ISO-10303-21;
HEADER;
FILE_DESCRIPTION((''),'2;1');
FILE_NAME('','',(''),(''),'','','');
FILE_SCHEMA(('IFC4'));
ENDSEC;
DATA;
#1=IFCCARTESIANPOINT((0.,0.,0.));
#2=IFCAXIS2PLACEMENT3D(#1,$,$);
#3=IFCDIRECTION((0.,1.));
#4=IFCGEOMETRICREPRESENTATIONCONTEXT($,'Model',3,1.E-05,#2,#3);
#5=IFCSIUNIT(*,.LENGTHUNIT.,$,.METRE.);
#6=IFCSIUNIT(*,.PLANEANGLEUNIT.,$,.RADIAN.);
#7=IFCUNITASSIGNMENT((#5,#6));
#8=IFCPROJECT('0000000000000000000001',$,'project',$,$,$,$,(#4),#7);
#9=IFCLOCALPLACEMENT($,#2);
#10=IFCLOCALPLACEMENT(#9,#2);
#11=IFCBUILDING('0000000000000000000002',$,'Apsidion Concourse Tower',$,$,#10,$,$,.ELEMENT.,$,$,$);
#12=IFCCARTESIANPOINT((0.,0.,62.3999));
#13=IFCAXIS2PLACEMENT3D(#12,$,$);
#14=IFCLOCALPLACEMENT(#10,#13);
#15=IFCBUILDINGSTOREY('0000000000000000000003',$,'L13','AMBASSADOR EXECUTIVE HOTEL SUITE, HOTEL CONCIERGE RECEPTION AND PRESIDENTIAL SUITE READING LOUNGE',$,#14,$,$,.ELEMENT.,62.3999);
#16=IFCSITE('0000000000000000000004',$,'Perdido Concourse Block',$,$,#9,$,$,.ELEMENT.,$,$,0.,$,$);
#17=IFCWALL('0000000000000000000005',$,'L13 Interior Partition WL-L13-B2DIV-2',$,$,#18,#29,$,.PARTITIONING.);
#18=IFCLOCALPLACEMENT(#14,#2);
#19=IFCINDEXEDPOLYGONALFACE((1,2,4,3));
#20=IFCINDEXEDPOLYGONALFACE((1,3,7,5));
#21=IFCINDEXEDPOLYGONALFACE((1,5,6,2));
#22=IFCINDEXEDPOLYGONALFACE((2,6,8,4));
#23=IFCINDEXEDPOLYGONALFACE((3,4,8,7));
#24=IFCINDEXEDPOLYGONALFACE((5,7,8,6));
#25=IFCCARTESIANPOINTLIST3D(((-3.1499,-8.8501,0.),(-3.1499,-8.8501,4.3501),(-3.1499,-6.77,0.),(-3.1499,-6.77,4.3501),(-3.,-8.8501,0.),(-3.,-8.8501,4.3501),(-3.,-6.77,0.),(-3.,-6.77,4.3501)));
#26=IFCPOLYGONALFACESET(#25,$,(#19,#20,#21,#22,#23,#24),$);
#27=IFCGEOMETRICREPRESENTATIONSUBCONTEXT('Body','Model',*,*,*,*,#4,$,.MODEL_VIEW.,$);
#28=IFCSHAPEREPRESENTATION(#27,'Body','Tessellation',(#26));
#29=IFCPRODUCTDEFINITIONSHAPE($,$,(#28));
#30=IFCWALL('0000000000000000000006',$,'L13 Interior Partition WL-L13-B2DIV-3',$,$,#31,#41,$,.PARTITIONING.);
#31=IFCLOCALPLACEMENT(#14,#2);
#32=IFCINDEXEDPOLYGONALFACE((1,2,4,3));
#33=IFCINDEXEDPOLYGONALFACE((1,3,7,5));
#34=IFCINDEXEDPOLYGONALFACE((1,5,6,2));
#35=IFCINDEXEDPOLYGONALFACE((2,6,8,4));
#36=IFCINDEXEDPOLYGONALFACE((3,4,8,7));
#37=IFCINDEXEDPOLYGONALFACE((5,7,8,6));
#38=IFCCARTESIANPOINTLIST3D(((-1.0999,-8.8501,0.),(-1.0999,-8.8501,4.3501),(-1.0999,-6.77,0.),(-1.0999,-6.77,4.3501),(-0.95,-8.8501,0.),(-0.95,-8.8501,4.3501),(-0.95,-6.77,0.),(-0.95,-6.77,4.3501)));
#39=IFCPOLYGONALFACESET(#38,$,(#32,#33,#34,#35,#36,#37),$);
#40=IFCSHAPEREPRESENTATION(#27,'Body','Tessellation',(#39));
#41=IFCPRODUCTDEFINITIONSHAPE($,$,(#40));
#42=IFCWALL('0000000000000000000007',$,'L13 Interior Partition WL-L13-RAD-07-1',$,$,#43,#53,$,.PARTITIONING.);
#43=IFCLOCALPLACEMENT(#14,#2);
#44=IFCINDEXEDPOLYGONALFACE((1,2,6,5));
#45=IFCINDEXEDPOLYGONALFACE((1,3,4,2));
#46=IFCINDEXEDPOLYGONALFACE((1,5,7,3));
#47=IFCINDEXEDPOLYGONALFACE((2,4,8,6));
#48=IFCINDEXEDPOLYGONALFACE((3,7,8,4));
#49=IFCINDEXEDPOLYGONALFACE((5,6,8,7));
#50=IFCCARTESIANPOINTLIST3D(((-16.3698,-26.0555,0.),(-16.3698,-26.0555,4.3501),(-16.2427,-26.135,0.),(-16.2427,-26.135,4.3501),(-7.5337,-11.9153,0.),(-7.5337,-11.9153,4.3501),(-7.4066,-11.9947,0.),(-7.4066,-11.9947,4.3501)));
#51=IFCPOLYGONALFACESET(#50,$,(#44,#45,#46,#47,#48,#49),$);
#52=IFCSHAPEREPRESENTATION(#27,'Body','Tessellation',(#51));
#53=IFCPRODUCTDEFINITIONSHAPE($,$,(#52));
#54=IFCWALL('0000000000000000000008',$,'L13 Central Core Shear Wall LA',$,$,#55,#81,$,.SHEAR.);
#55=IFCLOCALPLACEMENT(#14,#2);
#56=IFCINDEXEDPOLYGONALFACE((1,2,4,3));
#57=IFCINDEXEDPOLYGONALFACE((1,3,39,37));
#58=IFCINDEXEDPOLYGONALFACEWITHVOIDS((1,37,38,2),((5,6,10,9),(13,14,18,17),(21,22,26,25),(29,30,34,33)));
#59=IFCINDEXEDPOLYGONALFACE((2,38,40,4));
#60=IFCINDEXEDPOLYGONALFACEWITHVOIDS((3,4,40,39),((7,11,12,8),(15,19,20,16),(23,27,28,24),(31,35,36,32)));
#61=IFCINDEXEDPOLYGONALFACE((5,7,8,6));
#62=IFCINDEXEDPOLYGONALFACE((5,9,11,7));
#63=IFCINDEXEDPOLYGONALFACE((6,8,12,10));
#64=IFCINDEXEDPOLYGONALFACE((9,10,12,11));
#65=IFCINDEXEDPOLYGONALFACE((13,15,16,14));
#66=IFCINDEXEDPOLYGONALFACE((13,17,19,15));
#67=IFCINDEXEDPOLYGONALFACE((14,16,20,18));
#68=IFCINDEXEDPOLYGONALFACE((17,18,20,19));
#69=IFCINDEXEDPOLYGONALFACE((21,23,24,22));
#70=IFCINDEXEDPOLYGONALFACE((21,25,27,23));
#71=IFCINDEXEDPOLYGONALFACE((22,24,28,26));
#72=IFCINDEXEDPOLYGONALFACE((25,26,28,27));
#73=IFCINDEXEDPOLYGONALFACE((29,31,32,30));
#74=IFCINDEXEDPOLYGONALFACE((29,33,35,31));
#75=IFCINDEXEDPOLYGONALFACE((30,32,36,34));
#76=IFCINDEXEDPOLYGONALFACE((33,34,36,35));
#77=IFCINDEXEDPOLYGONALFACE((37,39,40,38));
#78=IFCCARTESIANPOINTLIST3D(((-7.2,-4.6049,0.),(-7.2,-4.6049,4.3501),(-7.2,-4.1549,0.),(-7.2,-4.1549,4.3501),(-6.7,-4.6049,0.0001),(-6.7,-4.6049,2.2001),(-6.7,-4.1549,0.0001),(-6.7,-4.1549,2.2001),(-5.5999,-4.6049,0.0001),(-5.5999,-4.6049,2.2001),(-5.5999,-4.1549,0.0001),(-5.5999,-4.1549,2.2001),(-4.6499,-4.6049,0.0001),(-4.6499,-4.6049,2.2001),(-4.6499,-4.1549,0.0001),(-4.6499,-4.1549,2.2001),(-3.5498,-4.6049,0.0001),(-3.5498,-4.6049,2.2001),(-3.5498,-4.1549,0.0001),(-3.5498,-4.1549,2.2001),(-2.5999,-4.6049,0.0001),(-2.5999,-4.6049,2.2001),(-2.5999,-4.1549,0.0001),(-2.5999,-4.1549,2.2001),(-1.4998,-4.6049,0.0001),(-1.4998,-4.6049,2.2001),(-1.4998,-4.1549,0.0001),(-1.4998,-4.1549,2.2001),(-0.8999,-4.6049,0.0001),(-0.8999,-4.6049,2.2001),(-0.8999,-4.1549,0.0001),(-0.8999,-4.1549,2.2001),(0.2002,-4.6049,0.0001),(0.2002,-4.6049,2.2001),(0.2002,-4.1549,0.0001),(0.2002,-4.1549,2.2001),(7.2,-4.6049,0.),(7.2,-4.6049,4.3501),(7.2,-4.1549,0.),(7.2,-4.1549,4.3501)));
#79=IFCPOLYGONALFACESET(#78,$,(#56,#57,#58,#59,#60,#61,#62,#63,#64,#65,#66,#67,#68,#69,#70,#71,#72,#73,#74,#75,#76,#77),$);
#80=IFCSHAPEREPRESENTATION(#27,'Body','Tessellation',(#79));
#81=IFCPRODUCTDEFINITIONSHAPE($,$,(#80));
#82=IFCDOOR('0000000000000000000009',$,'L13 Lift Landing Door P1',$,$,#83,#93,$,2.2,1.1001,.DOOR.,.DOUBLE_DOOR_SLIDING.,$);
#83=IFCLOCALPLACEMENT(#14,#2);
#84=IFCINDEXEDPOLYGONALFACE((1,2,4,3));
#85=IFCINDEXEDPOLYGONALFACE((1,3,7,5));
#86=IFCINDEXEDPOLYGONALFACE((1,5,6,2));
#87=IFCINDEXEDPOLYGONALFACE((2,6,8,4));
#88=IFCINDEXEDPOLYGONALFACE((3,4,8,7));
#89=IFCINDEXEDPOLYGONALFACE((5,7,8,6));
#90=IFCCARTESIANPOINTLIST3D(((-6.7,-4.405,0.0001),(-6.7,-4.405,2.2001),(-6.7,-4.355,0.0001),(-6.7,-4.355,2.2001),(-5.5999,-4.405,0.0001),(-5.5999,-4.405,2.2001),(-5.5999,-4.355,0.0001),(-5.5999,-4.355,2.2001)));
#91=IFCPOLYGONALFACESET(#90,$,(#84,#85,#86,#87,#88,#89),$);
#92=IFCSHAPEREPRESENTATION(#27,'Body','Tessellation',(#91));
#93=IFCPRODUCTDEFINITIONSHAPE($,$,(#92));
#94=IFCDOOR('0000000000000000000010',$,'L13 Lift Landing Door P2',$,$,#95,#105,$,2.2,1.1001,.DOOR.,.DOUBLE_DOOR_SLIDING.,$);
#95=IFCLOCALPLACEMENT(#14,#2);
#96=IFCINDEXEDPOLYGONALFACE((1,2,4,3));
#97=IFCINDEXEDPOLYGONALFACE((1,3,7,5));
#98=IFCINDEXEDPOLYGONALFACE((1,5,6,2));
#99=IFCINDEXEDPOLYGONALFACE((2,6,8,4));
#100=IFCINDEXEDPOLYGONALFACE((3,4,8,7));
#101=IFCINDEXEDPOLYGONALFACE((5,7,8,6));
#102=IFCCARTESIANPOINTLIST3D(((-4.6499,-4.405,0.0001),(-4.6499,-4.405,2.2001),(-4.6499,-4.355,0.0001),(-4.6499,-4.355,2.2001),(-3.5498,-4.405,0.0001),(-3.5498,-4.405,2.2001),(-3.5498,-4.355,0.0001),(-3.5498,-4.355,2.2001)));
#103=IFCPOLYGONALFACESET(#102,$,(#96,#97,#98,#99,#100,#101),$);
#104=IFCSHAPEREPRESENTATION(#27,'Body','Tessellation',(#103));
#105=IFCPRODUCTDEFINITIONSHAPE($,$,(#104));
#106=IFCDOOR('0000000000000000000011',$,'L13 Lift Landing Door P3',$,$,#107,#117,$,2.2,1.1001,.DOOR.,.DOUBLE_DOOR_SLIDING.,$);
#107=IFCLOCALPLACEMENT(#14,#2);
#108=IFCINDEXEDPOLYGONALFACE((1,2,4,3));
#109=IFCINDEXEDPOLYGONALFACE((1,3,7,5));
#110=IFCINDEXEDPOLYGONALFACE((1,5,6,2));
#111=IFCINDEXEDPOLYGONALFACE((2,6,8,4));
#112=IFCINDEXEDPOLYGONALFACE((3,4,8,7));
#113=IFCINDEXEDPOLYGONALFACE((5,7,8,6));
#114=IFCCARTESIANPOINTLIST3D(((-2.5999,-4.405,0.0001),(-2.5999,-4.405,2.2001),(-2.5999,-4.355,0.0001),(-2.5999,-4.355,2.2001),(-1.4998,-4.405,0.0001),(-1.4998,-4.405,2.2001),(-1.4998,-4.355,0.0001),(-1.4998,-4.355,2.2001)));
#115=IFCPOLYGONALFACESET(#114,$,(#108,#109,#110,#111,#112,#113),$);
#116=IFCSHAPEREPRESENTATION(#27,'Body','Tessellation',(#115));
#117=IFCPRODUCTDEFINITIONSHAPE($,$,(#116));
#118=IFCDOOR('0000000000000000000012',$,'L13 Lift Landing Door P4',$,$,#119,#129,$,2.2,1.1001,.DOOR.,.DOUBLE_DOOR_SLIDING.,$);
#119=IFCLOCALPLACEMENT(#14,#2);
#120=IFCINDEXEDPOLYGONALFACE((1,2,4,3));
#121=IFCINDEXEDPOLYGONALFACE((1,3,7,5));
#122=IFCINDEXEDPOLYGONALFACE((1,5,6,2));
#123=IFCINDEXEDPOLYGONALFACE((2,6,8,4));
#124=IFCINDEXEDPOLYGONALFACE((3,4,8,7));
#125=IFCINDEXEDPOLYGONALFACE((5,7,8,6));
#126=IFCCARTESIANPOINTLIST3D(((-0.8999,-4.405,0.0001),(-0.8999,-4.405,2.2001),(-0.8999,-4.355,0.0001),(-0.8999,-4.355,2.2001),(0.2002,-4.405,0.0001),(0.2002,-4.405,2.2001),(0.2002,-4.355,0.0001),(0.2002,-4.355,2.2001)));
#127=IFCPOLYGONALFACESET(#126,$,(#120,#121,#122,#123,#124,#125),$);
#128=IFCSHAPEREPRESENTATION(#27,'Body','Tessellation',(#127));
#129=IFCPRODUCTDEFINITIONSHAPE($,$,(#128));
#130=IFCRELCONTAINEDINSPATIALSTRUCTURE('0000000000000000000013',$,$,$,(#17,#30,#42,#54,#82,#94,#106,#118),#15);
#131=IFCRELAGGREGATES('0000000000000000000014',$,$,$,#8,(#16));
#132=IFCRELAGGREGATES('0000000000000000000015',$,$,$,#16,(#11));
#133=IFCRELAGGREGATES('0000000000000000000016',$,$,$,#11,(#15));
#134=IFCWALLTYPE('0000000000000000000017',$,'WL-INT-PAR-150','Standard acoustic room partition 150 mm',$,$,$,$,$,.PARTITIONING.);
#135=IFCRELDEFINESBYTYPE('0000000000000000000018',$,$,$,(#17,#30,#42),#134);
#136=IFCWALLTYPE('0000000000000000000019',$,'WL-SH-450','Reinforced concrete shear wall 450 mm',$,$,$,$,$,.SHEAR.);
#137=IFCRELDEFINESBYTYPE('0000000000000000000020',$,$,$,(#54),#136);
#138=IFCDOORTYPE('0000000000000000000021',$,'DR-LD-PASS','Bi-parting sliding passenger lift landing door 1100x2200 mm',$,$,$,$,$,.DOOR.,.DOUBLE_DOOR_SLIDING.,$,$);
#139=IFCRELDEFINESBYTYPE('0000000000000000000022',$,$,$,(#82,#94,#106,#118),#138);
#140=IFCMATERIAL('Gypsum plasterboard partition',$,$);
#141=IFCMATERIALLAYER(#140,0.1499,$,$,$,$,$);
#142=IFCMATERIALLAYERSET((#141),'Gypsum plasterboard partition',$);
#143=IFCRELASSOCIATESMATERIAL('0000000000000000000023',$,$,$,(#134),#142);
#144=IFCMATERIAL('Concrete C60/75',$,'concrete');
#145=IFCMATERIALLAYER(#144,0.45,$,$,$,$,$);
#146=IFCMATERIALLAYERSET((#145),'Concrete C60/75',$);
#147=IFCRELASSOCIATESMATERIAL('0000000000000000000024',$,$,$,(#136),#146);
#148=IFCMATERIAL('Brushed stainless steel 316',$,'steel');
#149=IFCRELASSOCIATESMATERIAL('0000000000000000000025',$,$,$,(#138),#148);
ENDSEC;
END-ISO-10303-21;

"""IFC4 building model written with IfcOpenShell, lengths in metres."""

from ifc_helpers import new_model, si_unit, direction, frame, frame_2d, origin, place, context, subcontext, project, spatial, rectangle, extrude, material, layer, layer_set, type_object, element, fill, save


model = new_model("IFC4")

# Units and contexts
model_context = context("Model", 3, precision=1e-05, world=origin(), true_north=direction((0.0, 1.0)))
body_context = subcontext(model_context, "Body", "Model", "MODEL_VIEW")
ifc_project = project(units=[si_unit("LENGTHUNIT", "METRE"), si_unit("PLANEANGLEUNIT", "RADIAN")], contexts=[model_context])

# Site, building, storey
site_placement = place(None, origin())
site = spatial("IfcSite", under=ifc_project, at=site_placement, Name="Perdido Concourse Block", CompositionType="ELEMENT", RefElevation=0.0)
building_placement = place(site_placement, origin())
building = spatial("IfcBuilding", under=site, at=building_placement, Name="Apsidion Concourse Tower", CompositionType="ELEMENT")
storey_placement = place(building_placement, frame((0.0, 0.0, 62.3999)))
storey = spatial("IfcBuildingStorey", under=building, at=storey_placement, Name="L13", Description="AMBASSADOR EXECUTIVE HOTEL SUITE, HOTEL CONCIERGE RECEPTION AND PRESIDENTIAL SUITE READING LOUNGE", CompositionType="ELEMENT", Elevation=62.3999)

# Shared definitions
ifc_material_1 = material(Name="Concrete C60/75", Category="concrete")

# Walls
ifc_material_2 = material(Name="Gypsum plasterboard partition")
ifc_layer_1 = layer(ifc_material_2, 0.1499)
ifc_layer_set_1 = layer_set([ifc_layer_1], Name="Gypsum plasterboard partition")
wall_type_1 = type_object("IfcWallType", Name="WL-INT-PAR-150", Description="Standard acoustic room partition 150 mm", PredefinedType="PARTITIONING", material=ifc_layer_set_1)
for number, where, z_axis, x_axis, name in (
    (1, (-3.075, -8.8501, 0.0), (0.0, 0.0, 1.0), (0.0, 1.0, 0.0), "L13 Interior Partition WL-L13-B2DIV-2"),
    (2, (-1.0249, -8.8501, 0.0), (0.0, 0.0, 1.0), (0.0, 1.0, 0.0), "L13 Interior Partition WL-L13-B2DIV-3"),
):
    element("IfcWall", number, at=place(storey_placement, frame(where, z_axis=z_axis, x_axis=x_axis)), inside=storey, type_object=wall_type_1, Name=name, PredefinedType="PARTITIONING", context=body_context, shape_type="SweptSolid", body=[
        extrude(rectangle(XDim=2.0801, YDim=0.1499, at=frame_2d((1.04, 0.0))), origin(), (0.0, 0.0, 1.0), 4.3501),
    ])
wall_1_placement = place(storey_placement, frame((-7.4702, -11.9551, 0.0), z_axis=(0.0, 0.0, 1.0), x_axis=(-0.529932, -0.84804, 0.0)))
element("IfcWall", 3, at=wall_1_placement, inside=storey, type_object=wall_type_1, Name="L13 Interior Partition WL-L13-RAD-07-1", PredefinedType="PARTITIONING", context=body_context, shape_type="SweptSolid", body=[
    extrude(rectangle(XDim=16.6741, YDim=0.1499, at=frame_2d((8.3369, 0.0))), origin(), (0.0, 0.0, 1.0), 4.3501),
])

# Wall, openings, doors
ifc_layer_2 = layer(ifc_material_1, 0.45)
ifc_layer_set_2 = layer_set([ifc_layer_2], Name="Concrete C60/75")
wall_type_2 = type_object("IfcWallType", Name="WL-SH-450", Description="Reinforced concrete shear wall 450 mm", PredefinedType="SHEAR", material=ifc_layer_set_2)
wall_2_placement = place(storey_placement, frame((-7.2, -4.3799, 0.0), z_axis=(0.0, 0.0, 1.0), x_axis=(1.0, 0.0, 0.0)))
wall_2 = element("IfcWall", 4, at=wall_2_placement, inside=storey, type_object=wall_type_2, Name="L13 Central Core Shear Wall LA", PredefinedType="SHEAR", context=body_context, shape_type="SweptSolid", body=[
    extrude(rectangle(XDim=14.3999, YDim=0.45, at=frame_2d((7.2, 0.0))), origin(), (0.0, 0.0, 1.0), 4.3501),
])
opening_1_placement = place(wall_2_placement, frame((0.5, 0.0, 0.0)))
opening_1 = element("IfcOpeningElement", 5, at=opening_1_placement, cuts=wall_2, PredefinedType="OPENING", context=body_context, shape_type="SweptSolid", body=[
    extrude(rectangle(XDim=1.1001, YDim=2.2, at=frame_2d((0.55, 1.1001))), frame((0.0, 0.2349, 0.0), z_axis=(0.0, -1.0, 0.0), x_axis=(1.0, 0.0, 0.0)), (0.0, 0.0, 1.0), 0.47),
])
opening_2_placement = place(wall_2_placement, frame((2.55, 0.0, 0.0)))
opening_2 = element("IfcOpeningElement", 6, at=opening_2_placement, cuts=wall_2, PredefinedType="OPENING", context=body_context, shape_type="SweptSolid", body=[
    extrude(rectangle(XDim=1.1001, YDim=2.2, at=frame_2d((0.55, 1.1001))), frame((0.0, 0.2349, 0.0), z_axis=(0.0, -1.0, 0.0), x_axis=(1.0, 0.0, 0.0)), (0.0, 0.0, 1.0), 0.47),
])
opening_3_placement = place(wall_2_placement, frame((4.6001, 0.0, 0.0)))
opening_3 = element("IfcOpeningElement", 7, at=opening_3_placement, cuts=wall_2, PredefinedType="OPENING", context=body_context, shape_type="SweptSolid", body=[
    extrude(rectangle(XDim=1.1001, YDim=2.2, at=frame_2d((0.55, 1.1001))), frame((0.0, 0.2349, 0.0), z_axis=(0.0, -1.0, 0.0), x_axis=(1.0, 0.0, 0.0)), (0.0, 0.0, 1.0), 0.47),
])
opening_4_placement = place(wall_2_placement, frame((6.3, 0.0, 0.0)))
opening_4 = element("IfcOpeningElement", 8, at=opening_4_placement, cuts=wall_2, PredefinedType="OPENING", context=body_context, shape_type="SweptSolid", body=[
    extrude(rectangle(XDim=1.1001, YDim=2.2, at=frame_2d((0.55, 1.1001))), frame((0.0, 0.2349, 0.0), z_axis=(0.0, -1.0, 0.0), x_axis=(1.0, 0.0, 0.0)), (0.0, 0.0, 1.0), 0.47),
])
ifc_material_3 = material(Name="Brushed stainless steel 316", Category="steel")
door_type_1 = type_object("IfcDoorType", Name="DR-LD-PASS", Description="Bi-parting sliding passenger lift landing door 1100x2200 mm", OperationType="DOUBLE_DOOR_SLIDING", PredefinedType="DOOR", material=ifc_material_3)
door_1_placement = place(opening_1_placement, origin())
door_1 = element("IfcDoor", 9, at=door_1_placement, inside=storey, type_object=door_type_1, Name="L13 Lift Landing Door P1", OperationType="DOUBLE_DOOR_SLIDING", OverallHeight=2.2, OverallWidth=1.1001, PredefinedType="DOOR", context=body_context, shape_type="SweptSolid", body=[
    extrude(rectangle(XDim=1.1001, YDim=2.2, at=frame_2d((0.55, 1.1001))), frame((0.0, 0.0249, 0.0), z_axis=(0.0, -1.0, 0.0), x_axis=(1.0, 0.0, 0.0)), (0.0, 0.0, 1.0), 0.05),
])
fill(opening_1, door_1)
door_2_placement = place(opening_2_placement, origin())
door_2 = element("IfcDoor", 10, at=door_2_placement, inside=storey, type_object=door_type_1, Name="L13 Lift Landing Door P2", OperationType="DOUBLE_DOOR_SLIDING", OverallHeight=2.2, OverallWidth=1.1001, PredefinedType="DOOR", context=body_context, shape_type="SweptSolid", body=[
    extrude(rectangle(XDim=1.1001, YDim=2.2, at=frame_2d((0.55, 1.1001))), frame((0.0, 0.0249, 0.0), z_axis=(0.0, -1.0, 0.0), x_axis=(1.0, 0.0, 0.0)), (0.0, 0.0, 1.0), 0.05),
])
fill(opening_2, door_2)
door_3_placement = place(opening_3_placement, origin())
door_3 = element("IfcDoor", 11, at=door_3_placement, inside=storey, type_object=door_type_1, Name="L13 Lift Landing Door P3", OperationType="DOUBLE_DOOR_SLIDING", OverallHeight=2.2, OverallWidth=1.1001, PredefinedType="DOOR", context=body_context, shape_type="SweptSolid", body=[
    extrude(rectangle(XDim=1.1001, YDim=2.2, at=frame_2d((0.55, 1.1001))), frame((0.0, 0.0249, 0.0), z_axis=(0.0, -1.0, 0.0), x_axis=(1.0, 0.0, 0.0)), (0.0, 0.0, 1.0), 0.05),
])
fill(opening_3, door_3)
door_4_placement = place(opening_4_placement, origin())
door_4 = element("IfcDoor", 12, at=door_4_placement, inside=storey, type_object=door_type_1, Name="L13 Lift Landing Door P4", OperationType="DOUBLE_DOOR_SLIDING", OverallHeight=2.2, OverallWidth=1.1001, PredefinedType="DOOR", context=body_context, shape_type="SweptSolid", body=[
    extrude(rectangle(XDim=1.1001, YDim=2.2, at=frame_2d((0.55, 1.1001))), frame((0.0, 0.0249, 0.0), z_axis=(0.0, -1.0, 0.0), x_axis=(1.0, 0.0, 0.0)), (0.0, 0.0, 1.0), 0.05),
])
fill(opening_4, door_4)

save(model, "model.ifc")
